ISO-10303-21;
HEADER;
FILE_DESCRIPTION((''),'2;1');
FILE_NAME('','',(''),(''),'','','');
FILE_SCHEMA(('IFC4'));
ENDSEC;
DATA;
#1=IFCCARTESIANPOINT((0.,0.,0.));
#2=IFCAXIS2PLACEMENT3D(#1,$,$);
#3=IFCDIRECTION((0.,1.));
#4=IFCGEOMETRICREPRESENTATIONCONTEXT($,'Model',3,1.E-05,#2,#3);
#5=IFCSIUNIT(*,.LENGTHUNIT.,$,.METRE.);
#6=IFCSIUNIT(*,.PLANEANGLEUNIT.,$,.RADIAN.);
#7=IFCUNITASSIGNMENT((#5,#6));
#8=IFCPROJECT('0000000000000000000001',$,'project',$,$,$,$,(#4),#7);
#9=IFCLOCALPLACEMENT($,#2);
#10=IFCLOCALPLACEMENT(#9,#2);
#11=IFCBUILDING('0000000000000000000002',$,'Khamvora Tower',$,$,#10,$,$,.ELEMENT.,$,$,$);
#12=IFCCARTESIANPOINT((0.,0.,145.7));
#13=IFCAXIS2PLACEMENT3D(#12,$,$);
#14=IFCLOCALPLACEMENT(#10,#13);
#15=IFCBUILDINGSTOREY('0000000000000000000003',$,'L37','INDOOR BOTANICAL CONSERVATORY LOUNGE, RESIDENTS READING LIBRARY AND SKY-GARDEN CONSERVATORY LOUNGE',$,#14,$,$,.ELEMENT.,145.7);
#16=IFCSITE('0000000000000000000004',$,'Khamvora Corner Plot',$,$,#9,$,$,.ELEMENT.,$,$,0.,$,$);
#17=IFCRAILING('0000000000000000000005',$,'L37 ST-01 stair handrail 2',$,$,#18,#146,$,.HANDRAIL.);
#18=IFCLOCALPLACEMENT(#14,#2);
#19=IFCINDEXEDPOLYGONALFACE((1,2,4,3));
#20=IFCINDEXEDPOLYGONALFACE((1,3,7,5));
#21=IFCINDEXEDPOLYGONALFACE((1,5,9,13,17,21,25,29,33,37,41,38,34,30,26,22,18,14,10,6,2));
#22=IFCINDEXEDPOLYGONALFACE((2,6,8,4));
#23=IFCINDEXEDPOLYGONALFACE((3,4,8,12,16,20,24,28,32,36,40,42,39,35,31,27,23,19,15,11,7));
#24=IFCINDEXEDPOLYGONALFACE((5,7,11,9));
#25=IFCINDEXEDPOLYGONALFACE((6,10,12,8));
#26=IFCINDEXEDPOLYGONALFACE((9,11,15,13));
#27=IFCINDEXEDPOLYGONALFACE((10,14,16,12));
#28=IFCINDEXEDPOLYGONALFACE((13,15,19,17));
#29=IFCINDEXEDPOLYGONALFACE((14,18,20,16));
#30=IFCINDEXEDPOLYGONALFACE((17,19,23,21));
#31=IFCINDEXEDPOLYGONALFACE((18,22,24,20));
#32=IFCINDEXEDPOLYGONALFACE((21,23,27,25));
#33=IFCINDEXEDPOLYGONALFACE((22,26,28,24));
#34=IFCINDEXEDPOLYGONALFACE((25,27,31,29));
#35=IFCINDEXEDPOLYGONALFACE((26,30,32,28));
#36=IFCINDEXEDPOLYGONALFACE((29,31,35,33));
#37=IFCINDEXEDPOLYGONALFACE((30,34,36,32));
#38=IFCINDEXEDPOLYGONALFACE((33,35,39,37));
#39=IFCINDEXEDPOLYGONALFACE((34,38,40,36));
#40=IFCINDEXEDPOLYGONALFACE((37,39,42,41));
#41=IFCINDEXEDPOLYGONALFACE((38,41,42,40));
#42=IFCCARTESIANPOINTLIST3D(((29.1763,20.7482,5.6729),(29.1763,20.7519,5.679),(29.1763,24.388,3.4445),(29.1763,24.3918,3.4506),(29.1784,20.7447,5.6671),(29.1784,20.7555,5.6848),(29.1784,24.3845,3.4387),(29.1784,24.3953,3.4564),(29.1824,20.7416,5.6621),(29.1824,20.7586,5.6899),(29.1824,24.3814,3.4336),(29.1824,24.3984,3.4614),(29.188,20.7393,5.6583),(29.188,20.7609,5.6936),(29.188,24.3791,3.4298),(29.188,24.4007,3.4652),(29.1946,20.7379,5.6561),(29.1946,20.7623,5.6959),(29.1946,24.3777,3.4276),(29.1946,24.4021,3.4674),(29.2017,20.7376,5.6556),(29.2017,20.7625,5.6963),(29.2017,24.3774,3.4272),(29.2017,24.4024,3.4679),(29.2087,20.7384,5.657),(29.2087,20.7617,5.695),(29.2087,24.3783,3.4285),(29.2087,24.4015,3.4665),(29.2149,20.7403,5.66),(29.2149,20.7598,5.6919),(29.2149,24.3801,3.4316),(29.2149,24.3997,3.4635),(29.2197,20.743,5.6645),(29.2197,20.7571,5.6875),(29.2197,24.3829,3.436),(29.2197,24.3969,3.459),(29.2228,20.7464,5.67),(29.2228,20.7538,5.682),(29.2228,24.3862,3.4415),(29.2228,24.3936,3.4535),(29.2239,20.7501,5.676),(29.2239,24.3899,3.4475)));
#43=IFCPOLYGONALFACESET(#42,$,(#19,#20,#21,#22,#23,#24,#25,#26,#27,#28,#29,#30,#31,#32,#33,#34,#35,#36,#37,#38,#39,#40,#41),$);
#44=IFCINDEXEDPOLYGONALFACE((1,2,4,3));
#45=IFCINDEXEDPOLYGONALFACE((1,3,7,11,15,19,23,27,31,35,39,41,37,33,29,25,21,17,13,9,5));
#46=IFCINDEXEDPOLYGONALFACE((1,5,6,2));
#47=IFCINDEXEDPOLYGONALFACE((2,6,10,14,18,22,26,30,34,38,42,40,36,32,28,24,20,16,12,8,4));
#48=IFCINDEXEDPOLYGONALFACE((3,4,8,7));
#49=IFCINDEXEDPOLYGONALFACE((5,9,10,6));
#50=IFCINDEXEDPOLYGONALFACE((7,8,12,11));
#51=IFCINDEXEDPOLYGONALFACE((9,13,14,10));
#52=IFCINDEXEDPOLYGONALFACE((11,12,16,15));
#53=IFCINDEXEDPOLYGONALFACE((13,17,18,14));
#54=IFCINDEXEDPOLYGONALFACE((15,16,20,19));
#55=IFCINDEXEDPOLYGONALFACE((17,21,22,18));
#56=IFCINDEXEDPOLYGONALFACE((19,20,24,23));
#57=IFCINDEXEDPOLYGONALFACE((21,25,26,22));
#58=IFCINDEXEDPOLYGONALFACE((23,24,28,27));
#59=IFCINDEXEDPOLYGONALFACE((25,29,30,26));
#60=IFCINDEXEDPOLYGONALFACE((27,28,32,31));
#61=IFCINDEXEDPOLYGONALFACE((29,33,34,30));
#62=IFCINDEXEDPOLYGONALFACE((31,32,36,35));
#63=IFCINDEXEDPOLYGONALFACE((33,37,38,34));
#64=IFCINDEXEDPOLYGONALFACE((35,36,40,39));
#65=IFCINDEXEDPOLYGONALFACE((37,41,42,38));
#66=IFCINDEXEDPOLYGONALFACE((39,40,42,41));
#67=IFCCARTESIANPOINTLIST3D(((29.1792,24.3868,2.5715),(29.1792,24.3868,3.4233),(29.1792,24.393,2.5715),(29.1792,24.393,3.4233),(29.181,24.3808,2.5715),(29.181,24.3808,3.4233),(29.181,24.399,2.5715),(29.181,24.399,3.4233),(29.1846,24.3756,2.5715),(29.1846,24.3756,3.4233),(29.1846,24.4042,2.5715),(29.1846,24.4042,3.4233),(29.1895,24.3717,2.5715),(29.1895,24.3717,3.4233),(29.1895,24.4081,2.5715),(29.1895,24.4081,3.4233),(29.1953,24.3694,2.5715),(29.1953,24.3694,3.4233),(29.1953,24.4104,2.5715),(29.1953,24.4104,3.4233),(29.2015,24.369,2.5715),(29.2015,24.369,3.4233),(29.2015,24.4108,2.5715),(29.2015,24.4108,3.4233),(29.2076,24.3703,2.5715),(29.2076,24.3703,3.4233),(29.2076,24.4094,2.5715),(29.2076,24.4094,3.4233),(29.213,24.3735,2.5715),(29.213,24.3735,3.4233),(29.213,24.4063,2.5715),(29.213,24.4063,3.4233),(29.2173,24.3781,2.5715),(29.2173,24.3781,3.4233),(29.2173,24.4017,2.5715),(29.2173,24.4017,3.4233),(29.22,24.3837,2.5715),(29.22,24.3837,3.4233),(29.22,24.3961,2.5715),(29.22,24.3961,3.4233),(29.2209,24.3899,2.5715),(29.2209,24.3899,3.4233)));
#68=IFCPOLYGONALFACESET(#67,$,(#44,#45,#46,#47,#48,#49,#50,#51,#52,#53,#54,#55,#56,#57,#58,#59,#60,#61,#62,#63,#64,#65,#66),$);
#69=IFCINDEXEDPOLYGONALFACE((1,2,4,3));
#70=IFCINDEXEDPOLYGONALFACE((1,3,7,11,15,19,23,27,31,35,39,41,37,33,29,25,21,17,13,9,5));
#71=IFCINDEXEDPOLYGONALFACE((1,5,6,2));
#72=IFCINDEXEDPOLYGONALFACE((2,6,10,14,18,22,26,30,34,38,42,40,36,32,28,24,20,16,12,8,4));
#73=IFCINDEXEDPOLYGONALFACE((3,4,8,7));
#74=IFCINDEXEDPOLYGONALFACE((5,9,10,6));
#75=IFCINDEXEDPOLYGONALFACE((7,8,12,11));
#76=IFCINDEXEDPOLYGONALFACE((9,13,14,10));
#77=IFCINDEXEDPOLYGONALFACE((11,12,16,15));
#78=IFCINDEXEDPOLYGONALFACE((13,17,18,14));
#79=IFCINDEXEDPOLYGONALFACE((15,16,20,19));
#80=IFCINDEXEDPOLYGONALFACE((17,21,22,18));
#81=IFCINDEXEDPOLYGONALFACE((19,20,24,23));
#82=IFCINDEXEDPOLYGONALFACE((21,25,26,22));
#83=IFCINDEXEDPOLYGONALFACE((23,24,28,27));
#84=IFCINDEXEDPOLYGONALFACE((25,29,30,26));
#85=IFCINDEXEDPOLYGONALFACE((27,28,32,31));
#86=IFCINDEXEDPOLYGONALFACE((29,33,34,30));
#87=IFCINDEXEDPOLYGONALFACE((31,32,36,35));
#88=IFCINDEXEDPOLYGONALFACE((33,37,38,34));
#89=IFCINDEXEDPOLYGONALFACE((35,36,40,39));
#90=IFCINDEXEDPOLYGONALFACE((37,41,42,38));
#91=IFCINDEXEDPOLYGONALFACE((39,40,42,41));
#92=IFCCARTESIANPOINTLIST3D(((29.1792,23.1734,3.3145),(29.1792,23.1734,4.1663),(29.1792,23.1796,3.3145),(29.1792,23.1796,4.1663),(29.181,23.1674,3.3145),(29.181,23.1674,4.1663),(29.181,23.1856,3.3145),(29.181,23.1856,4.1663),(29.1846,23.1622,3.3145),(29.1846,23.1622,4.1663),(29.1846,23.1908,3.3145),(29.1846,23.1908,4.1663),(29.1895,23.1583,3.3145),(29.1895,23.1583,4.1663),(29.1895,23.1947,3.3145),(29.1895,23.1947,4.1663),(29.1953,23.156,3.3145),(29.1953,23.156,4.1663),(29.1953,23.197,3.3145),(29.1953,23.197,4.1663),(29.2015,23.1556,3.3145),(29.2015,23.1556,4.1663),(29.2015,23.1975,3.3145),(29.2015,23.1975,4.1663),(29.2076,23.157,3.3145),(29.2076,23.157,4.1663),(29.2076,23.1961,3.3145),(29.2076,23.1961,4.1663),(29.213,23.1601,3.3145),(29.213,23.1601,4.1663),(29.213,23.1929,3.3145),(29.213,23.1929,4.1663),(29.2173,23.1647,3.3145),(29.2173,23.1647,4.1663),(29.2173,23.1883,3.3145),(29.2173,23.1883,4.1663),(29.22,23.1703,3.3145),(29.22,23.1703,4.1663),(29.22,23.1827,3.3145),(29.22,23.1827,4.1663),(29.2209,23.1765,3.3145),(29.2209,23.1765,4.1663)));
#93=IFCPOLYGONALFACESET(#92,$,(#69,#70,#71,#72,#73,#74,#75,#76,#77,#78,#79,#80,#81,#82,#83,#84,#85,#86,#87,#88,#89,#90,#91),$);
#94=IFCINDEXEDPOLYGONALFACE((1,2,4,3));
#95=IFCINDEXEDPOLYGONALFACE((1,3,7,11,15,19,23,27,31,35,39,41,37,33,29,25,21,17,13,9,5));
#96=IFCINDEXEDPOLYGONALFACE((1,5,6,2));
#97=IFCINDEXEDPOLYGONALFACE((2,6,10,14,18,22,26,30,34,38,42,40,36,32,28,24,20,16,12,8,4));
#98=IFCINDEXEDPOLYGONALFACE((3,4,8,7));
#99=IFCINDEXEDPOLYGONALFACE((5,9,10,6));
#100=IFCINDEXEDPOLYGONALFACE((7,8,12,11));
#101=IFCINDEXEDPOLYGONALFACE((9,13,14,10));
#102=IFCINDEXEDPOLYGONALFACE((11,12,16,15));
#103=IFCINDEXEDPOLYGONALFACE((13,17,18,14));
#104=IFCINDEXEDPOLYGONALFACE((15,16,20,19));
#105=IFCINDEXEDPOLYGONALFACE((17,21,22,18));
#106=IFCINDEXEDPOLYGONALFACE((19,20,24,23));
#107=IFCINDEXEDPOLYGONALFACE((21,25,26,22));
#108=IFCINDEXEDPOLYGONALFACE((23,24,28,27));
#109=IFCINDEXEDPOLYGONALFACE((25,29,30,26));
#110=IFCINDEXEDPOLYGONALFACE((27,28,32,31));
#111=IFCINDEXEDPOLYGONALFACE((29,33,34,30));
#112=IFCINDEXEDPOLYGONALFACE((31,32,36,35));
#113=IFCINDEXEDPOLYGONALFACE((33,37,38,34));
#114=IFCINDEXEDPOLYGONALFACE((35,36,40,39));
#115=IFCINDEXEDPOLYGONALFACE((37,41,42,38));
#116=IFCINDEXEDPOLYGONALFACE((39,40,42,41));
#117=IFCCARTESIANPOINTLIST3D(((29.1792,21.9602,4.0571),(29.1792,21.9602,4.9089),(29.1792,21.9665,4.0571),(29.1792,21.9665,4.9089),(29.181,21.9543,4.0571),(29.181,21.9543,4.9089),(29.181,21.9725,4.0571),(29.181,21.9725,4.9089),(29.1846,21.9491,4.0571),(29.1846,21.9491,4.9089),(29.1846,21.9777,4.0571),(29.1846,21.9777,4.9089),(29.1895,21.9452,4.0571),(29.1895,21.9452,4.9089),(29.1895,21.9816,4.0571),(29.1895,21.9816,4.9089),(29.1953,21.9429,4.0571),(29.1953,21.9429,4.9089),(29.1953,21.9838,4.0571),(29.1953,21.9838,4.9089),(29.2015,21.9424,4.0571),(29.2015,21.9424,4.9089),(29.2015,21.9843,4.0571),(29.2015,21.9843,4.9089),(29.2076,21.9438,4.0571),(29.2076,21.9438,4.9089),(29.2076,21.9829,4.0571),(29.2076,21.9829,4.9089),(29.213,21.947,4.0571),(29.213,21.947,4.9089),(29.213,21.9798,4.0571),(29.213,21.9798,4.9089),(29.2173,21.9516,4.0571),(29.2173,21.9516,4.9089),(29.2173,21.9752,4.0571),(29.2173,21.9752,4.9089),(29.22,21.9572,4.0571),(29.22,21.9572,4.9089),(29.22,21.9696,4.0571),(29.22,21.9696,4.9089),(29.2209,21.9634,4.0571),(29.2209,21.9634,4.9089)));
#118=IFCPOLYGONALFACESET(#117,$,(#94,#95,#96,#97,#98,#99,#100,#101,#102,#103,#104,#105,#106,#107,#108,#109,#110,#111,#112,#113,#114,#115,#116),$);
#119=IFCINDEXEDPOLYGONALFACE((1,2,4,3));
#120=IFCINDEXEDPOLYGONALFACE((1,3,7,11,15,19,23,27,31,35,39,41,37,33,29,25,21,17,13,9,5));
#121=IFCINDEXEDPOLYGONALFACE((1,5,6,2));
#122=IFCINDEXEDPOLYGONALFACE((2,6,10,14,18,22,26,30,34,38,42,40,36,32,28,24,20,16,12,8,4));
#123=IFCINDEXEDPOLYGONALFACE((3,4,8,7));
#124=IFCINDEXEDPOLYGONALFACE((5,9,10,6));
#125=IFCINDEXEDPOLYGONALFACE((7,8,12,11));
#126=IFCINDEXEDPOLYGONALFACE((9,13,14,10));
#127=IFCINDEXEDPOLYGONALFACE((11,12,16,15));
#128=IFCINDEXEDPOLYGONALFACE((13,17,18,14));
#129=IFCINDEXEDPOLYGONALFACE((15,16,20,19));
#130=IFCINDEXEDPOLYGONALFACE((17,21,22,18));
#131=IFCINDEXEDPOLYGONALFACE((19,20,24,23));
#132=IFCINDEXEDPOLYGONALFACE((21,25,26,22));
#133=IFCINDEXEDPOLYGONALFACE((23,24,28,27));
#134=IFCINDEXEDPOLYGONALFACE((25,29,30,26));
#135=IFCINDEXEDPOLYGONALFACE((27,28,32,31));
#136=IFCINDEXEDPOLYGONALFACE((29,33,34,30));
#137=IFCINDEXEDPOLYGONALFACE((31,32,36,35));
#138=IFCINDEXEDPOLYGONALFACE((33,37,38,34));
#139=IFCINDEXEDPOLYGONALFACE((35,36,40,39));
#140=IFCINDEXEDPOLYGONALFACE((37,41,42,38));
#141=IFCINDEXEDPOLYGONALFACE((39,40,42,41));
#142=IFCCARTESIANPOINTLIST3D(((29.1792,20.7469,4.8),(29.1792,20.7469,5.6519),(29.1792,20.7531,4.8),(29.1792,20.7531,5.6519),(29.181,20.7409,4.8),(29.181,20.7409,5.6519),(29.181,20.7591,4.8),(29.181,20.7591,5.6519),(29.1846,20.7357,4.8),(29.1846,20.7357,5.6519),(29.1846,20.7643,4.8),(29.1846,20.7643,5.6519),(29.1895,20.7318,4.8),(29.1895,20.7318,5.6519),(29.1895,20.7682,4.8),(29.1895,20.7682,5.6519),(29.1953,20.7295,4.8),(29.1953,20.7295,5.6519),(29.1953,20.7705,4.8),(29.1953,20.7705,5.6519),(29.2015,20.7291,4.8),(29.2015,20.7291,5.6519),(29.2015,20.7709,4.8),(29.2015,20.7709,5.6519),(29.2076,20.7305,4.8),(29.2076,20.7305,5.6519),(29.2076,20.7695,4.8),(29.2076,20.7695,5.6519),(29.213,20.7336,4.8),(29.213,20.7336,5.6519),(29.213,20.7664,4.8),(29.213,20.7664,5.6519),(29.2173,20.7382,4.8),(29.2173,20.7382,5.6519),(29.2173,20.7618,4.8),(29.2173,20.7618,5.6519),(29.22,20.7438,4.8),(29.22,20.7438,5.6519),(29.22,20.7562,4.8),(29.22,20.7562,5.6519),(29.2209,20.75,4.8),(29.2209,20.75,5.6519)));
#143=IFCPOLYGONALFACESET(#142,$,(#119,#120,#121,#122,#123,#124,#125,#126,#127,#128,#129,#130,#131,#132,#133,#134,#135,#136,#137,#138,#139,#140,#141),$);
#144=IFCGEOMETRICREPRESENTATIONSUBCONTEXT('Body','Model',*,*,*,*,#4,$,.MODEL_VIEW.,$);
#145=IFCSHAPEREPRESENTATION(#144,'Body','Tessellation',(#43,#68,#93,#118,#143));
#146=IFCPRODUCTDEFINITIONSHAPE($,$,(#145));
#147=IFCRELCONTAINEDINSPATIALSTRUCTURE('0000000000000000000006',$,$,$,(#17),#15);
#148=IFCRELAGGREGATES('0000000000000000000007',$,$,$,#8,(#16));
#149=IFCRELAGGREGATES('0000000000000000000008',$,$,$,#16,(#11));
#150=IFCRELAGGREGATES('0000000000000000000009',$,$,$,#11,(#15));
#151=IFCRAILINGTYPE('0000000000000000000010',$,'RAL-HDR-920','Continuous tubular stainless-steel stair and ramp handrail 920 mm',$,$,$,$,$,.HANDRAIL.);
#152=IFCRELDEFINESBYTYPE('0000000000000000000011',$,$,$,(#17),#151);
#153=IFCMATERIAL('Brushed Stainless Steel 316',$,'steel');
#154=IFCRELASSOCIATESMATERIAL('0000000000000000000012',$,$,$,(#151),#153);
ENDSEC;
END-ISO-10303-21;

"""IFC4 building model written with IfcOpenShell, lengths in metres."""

from ifc_helpers import new_model, si_unit, direction, frame, origin, origin_2d, place, context, subcontext, project, spatial, circle, extrude, material, type_object, element, save


model = new_model("IFC4")

# Units and contexts
model_context = context("Model", 3, precision=1e-05, world=origin(), true_north=direction((0.0, 1.0)))
body_context = subcontext(model_context, "Body", "Model", "MODEL_VIEW")
ifc_project = project(units=[si_unit("LENGTHUNIT", "METRE"), si_unit("PLANEANGLEUNIT", "RADIAN")], contexts=[model_context])

# Site, building, storey
site_placement = place(None, origin())
site = spatial("IfcSite", under=ifc_project, at=site_placement, Name="Khamvora Corner Plot", CompositionType="ELEMENT", RefElevation=0.0)
building_placement = place(site_placement, origin())
building = spatial("IfcBuilding", under=site, at=building_placement, Name="Khamvora Tower", CompositionType="ELEMENT")
storey_placement = place(building_placement, frame((0.0, 0.0, 145.7)))
storey = spatial("IfcBuildingStorey", under=building, at=storey_placement, Name="L37", Description="INDOOR BOTANICAL CONSERVATORY LOUNGE, RESIDENTS READING LIBRARY AND SKY-GARDEN CONSERVATORY LOUNGE", CompositionType="ELEMENT", Elevation=145.7)

# Railing
ifc_material_1 = material(Name="Brushed Stainless Steel 316", Category="steel")
railing_type_1 = type_object("IfcRailingType", Name="RAL-HDR-920", Description="Continuous tubular stainless-steel stair and ramp handrail 920 mm", PredefinedType="HANDRAIL", material=ifc_material_1)
railing_1_placement = place(storey_placement, frame((29.2, 24.3899, 2.5715)))
element("IfcRailing", 1, at=railing_1_placement, inside=storey, type_object=railing_type_1, Name="L37 ST-01 stair handrail 2", PredefinedType="HANDRAIL", context=body_context, shape_type="SweptSolid", body=[
    extrude(circle(Radius=0.0239, at=origin_2d()), frame((0.0, 0.0, 0.876), z_axis=(0.0, -0.85285, 0.522156), x_axis=(1.0, 0.0, 0.0)), (0.0, 0.0, 1.0), 4.2678),
    extrude(circle(Radius=0.021, at=origin_2d()), origin(), (0.0, 0.0, 1.0), 0.8518),
    extrude(circle(Radius=0.021, at=origin_2d()), frame((0.0, -1.2134, 0.7429)), (0.0, 0.0, 1.0), 0.8518),
    extrude(circle(Radius=0.021, at=origin_2d()), frame((0.0, -2.4265, 1.4856)), (0.0, 0.0, 1.0), 0.8518),
    extrude(circle(Radius=0.021, at=origin_2d()), frame((0.0, -3.6399, 2.2285)), (0.0, 0.0, 1.0), 0.8518),
])

save(model, "model.ifc")
